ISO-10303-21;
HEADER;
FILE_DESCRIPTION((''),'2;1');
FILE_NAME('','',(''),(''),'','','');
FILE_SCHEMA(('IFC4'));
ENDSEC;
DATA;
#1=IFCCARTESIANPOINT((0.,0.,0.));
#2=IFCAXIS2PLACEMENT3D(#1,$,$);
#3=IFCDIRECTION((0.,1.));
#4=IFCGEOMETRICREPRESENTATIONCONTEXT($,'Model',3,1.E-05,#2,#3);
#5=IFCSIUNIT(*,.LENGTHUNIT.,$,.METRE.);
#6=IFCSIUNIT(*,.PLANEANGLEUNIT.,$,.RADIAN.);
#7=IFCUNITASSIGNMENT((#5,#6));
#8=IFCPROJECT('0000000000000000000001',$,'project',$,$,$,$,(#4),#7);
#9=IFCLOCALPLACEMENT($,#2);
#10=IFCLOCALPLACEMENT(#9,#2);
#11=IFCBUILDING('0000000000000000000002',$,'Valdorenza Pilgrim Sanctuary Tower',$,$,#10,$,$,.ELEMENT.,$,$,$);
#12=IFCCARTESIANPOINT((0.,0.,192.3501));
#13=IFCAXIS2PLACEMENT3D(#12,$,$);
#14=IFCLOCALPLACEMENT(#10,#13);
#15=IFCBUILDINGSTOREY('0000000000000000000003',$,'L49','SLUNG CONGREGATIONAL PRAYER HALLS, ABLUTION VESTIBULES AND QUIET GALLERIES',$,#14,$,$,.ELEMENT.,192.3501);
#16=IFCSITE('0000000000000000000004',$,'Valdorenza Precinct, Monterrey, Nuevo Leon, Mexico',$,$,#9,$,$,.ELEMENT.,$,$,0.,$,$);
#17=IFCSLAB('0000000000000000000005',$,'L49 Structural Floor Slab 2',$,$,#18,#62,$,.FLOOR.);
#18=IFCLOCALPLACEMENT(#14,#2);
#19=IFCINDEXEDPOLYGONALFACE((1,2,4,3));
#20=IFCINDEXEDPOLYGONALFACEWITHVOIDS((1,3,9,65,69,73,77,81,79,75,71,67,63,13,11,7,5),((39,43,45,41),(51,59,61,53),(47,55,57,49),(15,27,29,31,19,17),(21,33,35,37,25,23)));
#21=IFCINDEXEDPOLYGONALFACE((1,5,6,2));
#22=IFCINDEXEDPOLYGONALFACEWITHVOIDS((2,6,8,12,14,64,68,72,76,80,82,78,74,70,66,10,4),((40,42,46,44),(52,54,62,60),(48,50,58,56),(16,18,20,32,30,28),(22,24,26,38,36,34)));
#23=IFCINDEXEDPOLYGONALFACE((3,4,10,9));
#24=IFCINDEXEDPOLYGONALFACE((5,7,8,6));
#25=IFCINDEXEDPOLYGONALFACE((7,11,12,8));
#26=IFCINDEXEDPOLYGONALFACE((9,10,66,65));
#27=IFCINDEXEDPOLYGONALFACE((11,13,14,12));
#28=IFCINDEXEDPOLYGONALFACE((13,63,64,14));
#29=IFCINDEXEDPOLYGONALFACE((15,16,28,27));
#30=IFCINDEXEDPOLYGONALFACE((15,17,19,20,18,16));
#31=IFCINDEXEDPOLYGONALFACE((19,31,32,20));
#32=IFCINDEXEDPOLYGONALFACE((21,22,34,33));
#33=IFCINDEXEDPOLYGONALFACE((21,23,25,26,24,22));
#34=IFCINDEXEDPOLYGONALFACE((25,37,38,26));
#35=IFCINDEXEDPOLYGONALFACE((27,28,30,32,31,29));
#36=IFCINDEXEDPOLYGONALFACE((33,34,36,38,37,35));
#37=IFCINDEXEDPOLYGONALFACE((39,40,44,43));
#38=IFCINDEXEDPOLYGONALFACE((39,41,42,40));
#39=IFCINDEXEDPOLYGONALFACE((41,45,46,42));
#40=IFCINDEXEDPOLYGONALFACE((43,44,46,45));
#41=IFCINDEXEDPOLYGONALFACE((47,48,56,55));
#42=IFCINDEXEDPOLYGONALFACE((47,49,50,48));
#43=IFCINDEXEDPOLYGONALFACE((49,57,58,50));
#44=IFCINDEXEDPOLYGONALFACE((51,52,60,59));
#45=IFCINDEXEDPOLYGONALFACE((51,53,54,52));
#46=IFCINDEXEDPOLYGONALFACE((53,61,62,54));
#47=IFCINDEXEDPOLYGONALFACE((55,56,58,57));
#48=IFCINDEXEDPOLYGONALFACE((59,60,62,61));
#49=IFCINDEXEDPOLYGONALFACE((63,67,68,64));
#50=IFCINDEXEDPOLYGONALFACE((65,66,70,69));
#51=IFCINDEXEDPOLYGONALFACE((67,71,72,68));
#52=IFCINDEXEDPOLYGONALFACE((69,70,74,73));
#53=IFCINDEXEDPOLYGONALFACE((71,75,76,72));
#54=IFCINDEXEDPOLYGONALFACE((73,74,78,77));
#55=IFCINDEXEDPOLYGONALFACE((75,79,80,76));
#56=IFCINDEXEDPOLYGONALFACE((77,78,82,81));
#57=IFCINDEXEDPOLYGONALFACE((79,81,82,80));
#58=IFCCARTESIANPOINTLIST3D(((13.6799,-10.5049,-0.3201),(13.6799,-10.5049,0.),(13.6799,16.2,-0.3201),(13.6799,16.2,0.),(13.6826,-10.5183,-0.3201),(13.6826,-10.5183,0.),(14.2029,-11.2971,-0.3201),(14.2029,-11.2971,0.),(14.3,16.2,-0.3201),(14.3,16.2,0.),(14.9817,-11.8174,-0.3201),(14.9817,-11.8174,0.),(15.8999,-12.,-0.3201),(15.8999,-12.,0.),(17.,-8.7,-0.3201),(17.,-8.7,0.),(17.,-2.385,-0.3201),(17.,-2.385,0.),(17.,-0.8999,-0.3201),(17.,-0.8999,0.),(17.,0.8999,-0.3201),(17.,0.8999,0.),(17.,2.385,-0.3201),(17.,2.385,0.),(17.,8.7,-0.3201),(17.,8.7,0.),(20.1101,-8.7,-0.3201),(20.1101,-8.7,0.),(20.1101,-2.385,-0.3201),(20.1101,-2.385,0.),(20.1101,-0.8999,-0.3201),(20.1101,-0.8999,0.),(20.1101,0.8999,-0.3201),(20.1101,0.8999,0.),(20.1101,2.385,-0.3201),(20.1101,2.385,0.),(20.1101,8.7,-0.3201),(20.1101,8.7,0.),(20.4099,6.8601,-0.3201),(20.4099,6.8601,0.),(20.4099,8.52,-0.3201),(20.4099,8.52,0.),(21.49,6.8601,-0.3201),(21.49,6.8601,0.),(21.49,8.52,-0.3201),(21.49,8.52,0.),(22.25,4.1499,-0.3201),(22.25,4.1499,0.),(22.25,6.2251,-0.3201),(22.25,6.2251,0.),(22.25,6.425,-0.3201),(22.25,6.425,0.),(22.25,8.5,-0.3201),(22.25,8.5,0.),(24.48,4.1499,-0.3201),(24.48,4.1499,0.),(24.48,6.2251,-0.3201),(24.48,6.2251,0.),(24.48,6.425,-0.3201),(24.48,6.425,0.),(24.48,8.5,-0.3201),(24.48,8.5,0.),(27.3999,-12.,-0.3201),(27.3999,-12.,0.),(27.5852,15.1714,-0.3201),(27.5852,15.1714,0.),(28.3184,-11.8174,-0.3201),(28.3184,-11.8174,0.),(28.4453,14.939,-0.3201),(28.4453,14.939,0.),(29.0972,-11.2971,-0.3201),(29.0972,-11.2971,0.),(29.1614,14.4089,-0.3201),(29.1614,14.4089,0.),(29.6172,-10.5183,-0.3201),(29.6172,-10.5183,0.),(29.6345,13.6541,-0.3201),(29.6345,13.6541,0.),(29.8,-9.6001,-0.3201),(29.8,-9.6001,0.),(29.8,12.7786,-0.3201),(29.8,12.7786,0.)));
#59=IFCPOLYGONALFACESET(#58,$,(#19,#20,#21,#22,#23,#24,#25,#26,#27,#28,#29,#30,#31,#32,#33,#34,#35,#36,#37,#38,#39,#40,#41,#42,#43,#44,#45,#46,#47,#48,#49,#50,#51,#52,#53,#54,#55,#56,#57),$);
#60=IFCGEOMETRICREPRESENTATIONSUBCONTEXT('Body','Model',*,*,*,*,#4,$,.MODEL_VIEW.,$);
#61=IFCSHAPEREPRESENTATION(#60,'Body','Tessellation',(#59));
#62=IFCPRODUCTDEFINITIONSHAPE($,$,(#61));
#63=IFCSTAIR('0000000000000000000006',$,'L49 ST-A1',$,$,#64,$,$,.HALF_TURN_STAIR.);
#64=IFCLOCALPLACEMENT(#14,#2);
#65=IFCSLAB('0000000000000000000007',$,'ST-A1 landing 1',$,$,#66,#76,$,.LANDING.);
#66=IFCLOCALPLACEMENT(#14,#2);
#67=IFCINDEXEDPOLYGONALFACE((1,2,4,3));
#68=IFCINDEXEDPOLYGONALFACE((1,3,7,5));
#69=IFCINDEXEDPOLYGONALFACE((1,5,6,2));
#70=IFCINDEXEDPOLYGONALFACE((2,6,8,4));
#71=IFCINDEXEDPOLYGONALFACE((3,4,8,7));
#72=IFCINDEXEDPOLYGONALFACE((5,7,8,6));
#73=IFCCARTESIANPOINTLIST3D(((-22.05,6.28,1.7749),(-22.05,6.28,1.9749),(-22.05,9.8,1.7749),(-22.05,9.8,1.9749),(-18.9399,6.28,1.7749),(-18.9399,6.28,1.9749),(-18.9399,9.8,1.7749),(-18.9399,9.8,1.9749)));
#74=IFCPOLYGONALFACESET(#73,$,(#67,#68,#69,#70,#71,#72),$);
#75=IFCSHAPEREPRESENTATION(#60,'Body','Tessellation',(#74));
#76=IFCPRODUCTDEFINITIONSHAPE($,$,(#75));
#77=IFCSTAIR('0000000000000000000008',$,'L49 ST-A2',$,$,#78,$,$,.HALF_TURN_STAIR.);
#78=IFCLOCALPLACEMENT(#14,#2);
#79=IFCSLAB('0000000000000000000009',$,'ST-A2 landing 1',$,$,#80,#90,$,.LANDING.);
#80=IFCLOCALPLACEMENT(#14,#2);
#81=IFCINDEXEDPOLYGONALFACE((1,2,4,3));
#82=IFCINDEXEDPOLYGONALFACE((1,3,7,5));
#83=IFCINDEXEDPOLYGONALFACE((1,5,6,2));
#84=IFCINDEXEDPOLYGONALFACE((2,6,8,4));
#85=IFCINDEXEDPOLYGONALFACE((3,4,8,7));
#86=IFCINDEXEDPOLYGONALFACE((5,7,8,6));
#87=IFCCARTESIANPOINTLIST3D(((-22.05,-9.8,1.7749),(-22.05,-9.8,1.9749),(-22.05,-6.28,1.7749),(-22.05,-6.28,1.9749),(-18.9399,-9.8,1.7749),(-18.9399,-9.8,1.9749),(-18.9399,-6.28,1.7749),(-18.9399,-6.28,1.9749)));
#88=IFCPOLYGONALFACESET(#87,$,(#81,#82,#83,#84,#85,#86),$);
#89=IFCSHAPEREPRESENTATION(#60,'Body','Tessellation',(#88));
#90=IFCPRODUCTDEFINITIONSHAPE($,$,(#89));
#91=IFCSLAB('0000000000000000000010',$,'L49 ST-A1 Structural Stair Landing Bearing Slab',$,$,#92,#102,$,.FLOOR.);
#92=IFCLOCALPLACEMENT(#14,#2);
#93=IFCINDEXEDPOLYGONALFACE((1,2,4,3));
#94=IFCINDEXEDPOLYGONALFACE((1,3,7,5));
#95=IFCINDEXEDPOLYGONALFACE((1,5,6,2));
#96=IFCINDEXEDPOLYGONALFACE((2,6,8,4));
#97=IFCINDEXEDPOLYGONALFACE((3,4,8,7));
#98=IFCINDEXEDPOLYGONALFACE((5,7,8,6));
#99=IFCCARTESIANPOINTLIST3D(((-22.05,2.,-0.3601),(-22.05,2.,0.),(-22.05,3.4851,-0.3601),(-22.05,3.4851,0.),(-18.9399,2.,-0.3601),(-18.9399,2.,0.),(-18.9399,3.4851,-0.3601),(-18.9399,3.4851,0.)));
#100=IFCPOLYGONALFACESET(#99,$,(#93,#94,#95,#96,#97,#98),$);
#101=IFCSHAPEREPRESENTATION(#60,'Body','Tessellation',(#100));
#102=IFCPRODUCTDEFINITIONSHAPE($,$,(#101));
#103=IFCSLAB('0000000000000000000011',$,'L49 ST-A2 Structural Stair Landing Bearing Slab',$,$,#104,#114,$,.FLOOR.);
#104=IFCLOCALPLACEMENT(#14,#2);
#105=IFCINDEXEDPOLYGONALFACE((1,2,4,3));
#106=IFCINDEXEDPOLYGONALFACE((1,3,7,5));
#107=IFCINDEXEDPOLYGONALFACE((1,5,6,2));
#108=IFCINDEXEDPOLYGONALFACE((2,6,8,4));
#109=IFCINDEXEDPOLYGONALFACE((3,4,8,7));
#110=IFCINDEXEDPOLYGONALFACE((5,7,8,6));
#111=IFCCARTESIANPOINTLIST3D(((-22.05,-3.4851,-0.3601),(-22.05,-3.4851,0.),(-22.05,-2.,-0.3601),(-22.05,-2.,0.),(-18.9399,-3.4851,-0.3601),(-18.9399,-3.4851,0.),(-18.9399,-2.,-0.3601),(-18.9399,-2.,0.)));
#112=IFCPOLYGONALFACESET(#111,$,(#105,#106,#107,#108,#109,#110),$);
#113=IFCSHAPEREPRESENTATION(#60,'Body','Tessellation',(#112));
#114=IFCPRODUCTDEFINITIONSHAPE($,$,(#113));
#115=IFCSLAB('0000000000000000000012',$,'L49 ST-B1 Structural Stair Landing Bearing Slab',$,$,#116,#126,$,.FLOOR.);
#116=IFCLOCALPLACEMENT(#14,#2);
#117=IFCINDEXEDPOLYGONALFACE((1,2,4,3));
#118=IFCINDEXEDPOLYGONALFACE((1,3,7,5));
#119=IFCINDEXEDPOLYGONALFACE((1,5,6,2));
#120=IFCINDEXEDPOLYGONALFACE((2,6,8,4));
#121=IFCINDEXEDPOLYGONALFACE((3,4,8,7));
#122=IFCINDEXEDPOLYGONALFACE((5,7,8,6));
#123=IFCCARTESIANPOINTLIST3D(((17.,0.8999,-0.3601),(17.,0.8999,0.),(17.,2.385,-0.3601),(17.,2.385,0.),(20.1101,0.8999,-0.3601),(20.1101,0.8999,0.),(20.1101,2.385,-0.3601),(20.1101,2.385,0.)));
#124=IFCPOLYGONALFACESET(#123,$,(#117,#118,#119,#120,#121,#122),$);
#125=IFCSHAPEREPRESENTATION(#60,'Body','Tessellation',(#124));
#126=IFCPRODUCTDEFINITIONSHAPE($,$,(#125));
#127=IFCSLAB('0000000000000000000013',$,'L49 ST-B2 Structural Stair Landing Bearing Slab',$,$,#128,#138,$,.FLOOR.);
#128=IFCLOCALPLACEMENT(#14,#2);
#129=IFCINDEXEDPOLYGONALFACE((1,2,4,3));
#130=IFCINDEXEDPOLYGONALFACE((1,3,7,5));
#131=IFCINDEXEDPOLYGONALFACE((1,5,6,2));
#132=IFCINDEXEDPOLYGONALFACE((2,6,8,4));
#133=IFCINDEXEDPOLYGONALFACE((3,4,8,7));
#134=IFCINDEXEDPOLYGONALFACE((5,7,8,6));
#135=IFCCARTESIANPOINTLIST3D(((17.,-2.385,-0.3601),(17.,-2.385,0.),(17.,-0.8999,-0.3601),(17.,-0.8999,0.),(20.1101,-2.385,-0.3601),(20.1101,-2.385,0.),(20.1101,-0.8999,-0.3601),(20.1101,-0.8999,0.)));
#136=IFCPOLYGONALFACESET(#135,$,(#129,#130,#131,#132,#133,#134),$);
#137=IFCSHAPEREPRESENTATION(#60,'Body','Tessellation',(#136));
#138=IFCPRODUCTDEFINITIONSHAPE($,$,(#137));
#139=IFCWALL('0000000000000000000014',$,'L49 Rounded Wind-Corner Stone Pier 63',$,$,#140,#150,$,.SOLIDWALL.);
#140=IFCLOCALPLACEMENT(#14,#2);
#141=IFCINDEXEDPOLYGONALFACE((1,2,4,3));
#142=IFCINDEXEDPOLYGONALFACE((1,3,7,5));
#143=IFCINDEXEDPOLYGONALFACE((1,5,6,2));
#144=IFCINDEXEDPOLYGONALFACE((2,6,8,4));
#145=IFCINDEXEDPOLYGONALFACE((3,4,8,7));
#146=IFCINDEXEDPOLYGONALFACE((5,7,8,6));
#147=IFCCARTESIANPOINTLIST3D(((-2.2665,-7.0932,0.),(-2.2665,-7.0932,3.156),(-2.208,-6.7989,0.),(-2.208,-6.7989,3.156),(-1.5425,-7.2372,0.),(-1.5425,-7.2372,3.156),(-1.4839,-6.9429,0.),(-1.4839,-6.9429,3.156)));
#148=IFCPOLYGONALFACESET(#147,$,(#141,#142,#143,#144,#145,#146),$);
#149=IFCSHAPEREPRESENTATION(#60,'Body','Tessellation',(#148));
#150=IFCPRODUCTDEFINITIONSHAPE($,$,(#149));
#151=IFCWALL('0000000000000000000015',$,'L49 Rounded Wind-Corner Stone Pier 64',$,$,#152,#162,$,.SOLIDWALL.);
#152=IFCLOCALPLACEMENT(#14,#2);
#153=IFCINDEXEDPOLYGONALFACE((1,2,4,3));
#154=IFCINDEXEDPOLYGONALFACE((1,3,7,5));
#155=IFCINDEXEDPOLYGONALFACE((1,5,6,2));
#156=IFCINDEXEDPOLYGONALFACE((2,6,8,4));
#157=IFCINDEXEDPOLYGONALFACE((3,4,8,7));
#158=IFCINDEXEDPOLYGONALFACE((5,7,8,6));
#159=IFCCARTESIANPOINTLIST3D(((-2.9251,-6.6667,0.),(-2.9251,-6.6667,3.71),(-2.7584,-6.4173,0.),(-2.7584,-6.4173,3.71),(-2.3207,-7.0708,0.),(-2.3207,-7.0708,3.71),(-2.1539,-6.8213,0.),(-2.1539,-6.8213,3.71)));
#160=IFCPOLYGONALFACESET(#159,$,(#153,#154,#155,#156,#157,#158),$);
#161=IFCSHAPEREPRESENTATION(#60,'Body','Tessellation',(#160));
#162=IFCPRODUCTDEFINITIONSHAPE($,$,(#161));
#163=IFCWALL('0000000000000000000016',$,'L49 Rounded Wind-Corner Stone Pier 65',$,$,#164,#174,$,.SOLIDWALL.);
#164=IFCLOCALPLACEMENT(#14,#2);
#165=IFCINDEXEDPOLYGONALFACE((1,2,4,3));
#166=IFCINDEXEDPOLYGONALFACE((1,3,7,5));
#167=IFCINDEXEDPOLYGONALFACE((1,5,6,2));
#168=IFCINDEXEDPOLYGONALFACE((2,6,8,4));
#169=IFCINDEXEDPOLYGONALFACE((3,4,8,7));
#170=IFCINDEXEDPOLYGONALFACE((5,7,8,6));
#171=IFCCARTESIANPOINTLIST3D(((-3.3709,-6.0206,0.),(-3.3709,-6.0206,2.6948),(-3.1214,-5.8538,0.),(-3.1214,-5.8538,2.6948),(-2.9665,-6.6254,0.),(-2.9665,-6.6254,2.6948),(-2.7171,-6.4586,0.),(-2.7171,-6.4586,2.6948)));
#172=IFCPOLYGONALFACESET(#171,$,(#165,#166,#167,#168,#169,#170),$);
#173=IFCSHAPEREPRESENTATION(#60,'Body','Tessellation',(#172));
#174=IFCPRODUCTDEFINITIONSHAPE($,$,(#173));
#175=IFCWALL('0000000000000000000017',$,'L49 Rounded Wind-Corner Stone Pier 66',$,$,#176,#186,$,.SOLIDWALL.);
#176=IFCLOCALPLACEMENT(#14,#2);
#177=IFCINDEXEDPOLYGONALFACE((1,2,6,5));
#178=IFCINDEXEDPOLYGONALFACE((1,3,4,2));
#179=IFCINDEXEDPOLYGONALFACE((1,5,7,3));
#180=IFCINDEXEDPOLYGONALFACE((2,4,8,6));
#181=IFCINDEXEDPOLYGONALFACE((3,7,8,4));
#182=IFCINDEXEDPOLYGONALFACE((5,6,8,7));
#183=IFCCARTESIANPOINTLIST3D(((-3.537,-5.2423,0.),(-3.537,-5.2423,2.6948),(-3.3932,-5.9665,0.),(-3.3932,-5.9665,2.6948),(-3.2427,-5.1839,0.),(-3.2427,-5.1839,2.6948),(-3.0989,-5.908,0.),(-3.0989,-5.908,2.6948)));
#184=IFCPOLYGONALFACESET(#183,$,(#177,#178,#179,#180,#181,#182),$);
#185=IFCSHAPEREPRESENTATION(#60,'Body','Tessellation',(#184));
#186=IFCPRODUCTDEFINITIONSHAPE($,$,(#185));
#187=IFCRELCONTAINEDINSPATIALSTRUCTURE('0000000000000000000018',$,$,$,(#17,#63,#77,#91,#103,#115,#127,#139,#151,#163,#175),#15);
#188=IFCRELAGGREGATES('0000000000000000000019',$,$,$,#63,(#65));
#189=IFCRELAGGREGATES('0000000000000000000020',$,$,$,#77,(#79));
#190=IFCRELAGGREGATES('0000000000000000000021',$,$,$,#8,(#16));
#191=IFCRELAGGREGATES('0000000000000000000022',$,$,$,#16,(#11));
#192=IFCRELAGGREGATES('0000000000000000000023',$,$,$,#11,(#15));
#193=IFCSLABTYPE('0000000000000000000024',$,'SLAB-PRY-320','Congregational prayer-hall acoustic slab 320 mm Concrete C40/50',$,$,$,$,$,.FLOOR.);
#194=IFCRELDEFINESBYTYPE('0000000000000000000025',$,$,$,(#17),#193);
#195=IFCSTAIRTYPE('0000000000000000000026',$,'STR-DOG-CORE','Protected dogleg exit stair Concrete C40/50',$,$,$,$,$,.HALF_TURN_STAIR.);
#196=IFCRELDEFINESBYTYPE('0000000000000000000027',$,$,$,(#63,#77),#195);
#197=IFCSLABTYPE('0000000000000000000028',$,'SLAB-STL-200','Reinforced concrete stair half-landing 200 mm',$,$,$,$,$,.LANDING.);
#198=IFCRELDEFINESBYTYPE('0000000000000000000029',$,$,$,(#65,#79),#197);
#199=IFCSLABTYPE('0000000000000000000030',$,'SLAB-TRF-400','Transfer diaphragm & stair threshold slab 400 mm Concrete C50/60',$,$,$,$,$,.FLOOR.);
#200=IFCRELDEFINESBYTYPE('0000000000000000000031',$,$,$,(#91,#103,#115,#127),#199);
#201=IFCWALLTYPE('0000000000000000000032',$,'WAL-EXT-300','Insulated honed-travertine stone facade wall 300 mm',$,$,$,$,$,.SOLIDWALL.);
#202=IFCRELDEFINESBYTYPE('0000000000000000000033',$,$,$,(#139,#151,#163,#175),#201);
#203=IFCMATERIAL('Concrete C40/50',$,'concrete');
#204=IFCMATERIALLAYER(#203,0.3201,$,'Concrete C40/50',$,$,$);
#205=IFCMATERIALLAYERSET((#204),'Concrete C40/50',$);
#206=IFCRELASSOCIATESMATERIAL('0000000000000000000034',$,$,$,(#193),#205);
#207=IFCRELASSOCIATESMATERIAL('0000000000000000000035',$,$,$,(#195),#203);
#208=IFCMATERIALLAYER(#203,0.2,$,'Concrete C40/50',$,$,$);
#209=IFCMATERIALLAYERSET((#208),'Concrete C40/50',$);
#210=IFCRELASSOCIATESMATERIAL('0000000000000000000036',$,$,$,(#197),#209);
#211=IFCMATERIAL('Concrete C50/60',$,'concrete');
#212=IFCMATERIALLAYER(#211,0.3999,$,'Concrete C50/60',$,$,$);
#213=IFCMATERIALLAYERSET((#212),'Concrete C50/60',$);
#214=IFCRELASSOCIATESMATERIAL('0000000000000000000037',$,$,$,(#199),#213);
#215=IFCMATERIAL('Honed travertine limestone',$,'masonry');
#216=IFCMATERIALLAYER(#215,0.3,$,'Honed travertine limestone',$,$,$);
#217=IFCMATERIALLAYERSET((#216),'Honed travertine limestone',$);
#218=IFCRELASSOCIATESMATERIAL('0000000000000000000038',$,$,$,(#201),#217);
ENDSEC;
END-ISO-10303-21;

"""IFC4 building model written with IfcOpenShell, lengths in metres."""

from ifc_helpers import new_model, si_unit, direction, frame, frame_2d, origin, place, context, subcontext, project, spatial, polyline, rectangle, outline, extrude, material, layer, layer_set, type_object, element, aggregate, save


model = new_model("IFC4")

# Units and contexts
model_context = context("Model", 3, precision=1e-05, world=origin(), true_north=direction((0.0, 1.0)))
body_context = subcontext(model_context, "Body", "Model", "MODEL_VIEW")
ifc_project = project(units=[si_unit("LENGTHUNIT", "METRE"), si_unit("PLANEANGLEUNIT", "RADIAN")], contexts=[model_context])

# Site, building, storey
site_placement = place(None, origin())
site = spatial("IfcSite", under=ifc_project, at=site_placement, Name="Valdorenza Precinct, Monterrey, Nuevo Leon, Mexico", CompositionType="ELEMENT", RefElevation=0.0)
building_placement = place(site_placement, origin())
building = spatial("IfcBuilding", under=site, at=building_placement, Name="Valdorenza Pilgrim Sanctuary Tower", CompositionType="ELEMENT")
storey_placement = place(building_placement, frame((0.0, 0.0, 192.3501)))
storey = spatial("IfcBuildingStorey", under=building, at=storey_placement, Name="L49", Description="SLUNG CONGREGATIONAL PRAYER HALLS, ABLUTION VESTIBULES AND QUIET GALLERIES", CompositionType="ELEMENT", Elevation=192.3501)

# Slab
ifc_material_1 = material(Name="Concrete C40/50", Category="concrete")
ifc_layer_1 = layer(ifc_material_1, 0.3201, Name="Concrete C40/50")
ifc_layer_set_1 = layer_set([ifc_layer_1], Name="Concrete C40/50")
slab_type_1 = type_object("IfcSlabType", Name="SLAB-PRY-320", Description="Congregational prayer-hall acoustic slab 320 mm Concrete C40/50", PredefinedType="FLOOR", material=ifc_layer_set_1)
slab_1_placement = place(storey_placement, frame((0.0, 0.0, -0.3201)))
element("IfcSlab", 1, at=slab_1_placement, inside=storey, type_object=slab_type_1, Name="L49 Structural Floor Slab 2", PredefinedType="FLOOR", context=body_context, shape_type="SweptSolid", body=[
    extrude(outline(polyline([(27.5852, 15.1714), (28.4453, 14.939), (29.1614, 14.4089), (29.6345, 13.6541), (29.8, 12.7786), (29.8, -9.6001), (29.6172, -10.5183), (29.0972, -11.2971), (28.3184, -11.8174), (27.3999, -12.0), (15.8999, -12.0), (14.9817, -11.8174), (14.2029, -11.2971), (13.6826, -10.5183), (13.6799, -10.5049), (13.6799, 16.2), (14.3, 16.2), (27.5852, 15.1714)]), holes=[polyline([(17.0, -8.7), (20.1101, -8.7), (20.1101, -2.385), (20.1101, -0.8999), (17.0, -0.8999), (17.0, -2.385), (17.0, -8.7)]), polyline([(17.0, 0.8999), (20.1101, 0.8999), (20.1101, 2.385), (20.1101, 8.7), (17.0, 8.7), (17.0, 2.385), (17.0, 0.8999)]), polyline([(22.25, 4.1499), (24.48, 4.1499), (24.48, 6.2251), (22.25, 6.2251), (22.25, 4.1499)]), polyline([(22.25, 6.425), (24.48, 6.425), (24.48, 8.5), (22.25, 8.5), (22.25, 6.425)]), polyline([(20.4099, 6.8601), (21.49, 6.8601), (21.49, 8.52), (20.4099, 8.52), (20.4099, 6.8601)])]), origin(), (0.0, 0.0, 1.0), 0.3201),
])

# Stairs, slabs
stair_type = type_object("IfcStairType", Name="STR-DOG-CORE", Description="Protected dogleg exit stair Concrete C40/50", PredefinedType="HALF_TURN_STAIR", material=ifc_material_1)
stair_1_placement = place(storey_placement, origin())
stair_1 = element("IfcStair", 2, at=stair_1_placement, inside=storey, type_object=stair_type, Name="L49 ST-A1", PredefinedType="HALF_TURN_STAIR")
ifc_layer_2 = layer(ifc_material_1, 0.2, Name="Concrete C40/50")
ifc_layer_set_2 = layer_set([ifc_layer_2], Name="Concrete C40/50")
slab_type_2 = type_object("IfcSlabType", Name="SLAB-STL-200", Description="Reinforced concrete stair half-landing 200 mm", PredefinedType="LANDING", material=ifc_layer_set_2)
slab_2_placement = place(storey_placement, frame((0.0, 0.0, 1.7749)))
slab_2 = element("IfcSlab", 3, at=slab_2_placement, type_object=slab_type_2, Name="ST-A1 landing 1", PredefinedType="LANDING", context=body_context, shape_type="SweptSolid", body=[
    extrude(outline(polyline([(-18.9399, 6.28), (-18.9399, 9.8), (-22.05, 9.8), (-22.05, 6.28), (-18.9399, 6.28)])), origin(), (0.0, 0.0, 1.0), 0.2),
])
aggregate(stair_1, [slab_2])
stair_2_placement = place(storey_placement, origin())
stair_2 = element("IfcStair", 4, at=stair_2_placement, inside=storey, type_object=stair_type, Name="L49 ST-A2", PredefinedType="HALF_TURN_STAIR")
slab_3_placement = place(storey_placement, frame((0.0, 0.0, 1.7749)))
slab_3 = element("IfcSlab", 5, at=slab_3_placement, type_object=slab_type_2, Name="ST-A2 landing 1", PredefinedType="LANDING", context=body_context, shape_type="SweptSolid", body=[
    extrude(outline(polyline([(-22.05, -6.28), (-22.05, -9.8), (-18.9399, -9.8), (-18.9399, -6.28), (-22.05, -6.28)])), origin(), (0.0, 0.0, 1.0), 0.2),
])
aggregate(stair_2, [slab_3])

# Slabs
ifc_material_2 = material(Name="Concrete C50/60", Category="concrete")
ifc_layer_3 = layer(ifc_material_2, 0.3999, Name="Concrete C50/60")
ifc_layer_set_3 = layer_set([ifc_layer_3], Name="Concrete C50/60")
slab_type_3 = type_object("IfcSlabType", Name="SLAB-TRF-400", Description="Transfer diaphragm & stair threshold slab 400 mm Concrete C50/60", PredefinedType="FLOOR", material=ifc_layer_set_3)
slab_4_placement = place(storey_placement, frame((0.0, 0.0, -0.3601)))
element("IfcSlab", 6, at=slab_4_placement, inside=storey, type_object=slab_type_3, Name="L49 ST-A1 Structural Stair Landing Bearing Slab", PredefinedType="FLOOR", context=body_context, shape_type="SweptSolid", body=[
    extrude(outline(polyline([(-22.05, 2.0), (-18.9399, 2.0), (-18.9399, 3.4851), (-22.05, 3.4851), (-22.05, 2.0)])), origin(), (0.0, 0.0, 1.0), 0.3601),
])
slab_5_placement = place(storey_placement, frame((0.0, 0.0, -0.3601)))
element("IfcSlab", 7, at=slab_5_placement, inside=storey, type_object=slab_type_3, Name="L49 ST-A2 Structural Stair Landing Bearing Slab", PredefinedType="FLOOR", context=body_context, shape_type="SweptSolid", body=[
    extrude(outline(polyline([(-22.05, -3.4851), (-18.9399, -3.4851), (-18.9399, -2.0), (-22.05, -2.0), (-22.05, -3.4851)])), origin(), (0.0, 0.0, 1.0), 0.3601),
])
slab_6_placement = place(storey_placement, frame((0.0, 0.0, -0.3601)))
element("IfcSlab", 8, at=slab_6_placement, inside=storey, type_object=slab_type_3, Name="L49 ST-B1 Structural Stair Landing Bearing Slab", PredefinedType="FLOOR", context=body_context, shape_type="SweptSolid", body=[
    extrude(outline(polyline([(17.0, 0.8999), (20.1101, 0.8999), (20.1101, 2.385), (17.0, 2.385), (17.0, 0.8999)])), origin(), (0.0, 0.0, 1.0), 0.3601),
])
slab_7_placement = place(storey_placement, frame((0.0, 0.0, -0.3601)))
element("IfcSlab", 9, at=slab_7_placement, inside=storey, type_object=slab_type_3, Name="L49 ST-B2 Structural Stair Landing Bearing Slab", PredefinedType="FLOOR", context=body_context, shape_type="SweptSolid", body=[
    extrude(outline(polyline([(17.0, -2.385), (20.1101, -2.385), (20.1101, -0.8999), (17.0, -0.8999), (17.0, -2.385)])), origin(), (0.0, 0.0, 1.0), 0.3601),
])

# Walls
ifc_material_3 = material(Name="Honed travertine limestone", Category="masonry")
ifc_layer_4 = layer(ifc_material_3, 0.3, Name="Honed travertine limestone")
ifc_layer_set_4 = layer_set([ifc_layer_4], Name="Honed travertine limestone")
wall_type = type_object("IfcWallType", Name="WAL-EXT-300", Description="Insulated honed-travertine stone facade wall 300 mm", PredefinedType="SOLIDWALL", material=ifc_layer_set_4)
wall_1_placement = place(storey_placement, frame((-1.5132, -7.0901, 0.0), z_axis=(0.0, 0.0, 1.0), x_axis=(-0.980784, 0.195099, 0.0)))
element("IfcWall", 10, at=wall_1_placement, inside=storey, type_object=wall_type, Name="L49 Rounded Wind-Corner Stone Pier 63", PredefinedType="SOLIDWALL", context=body_context, shape_type="SweptSolid", body=[
    extrude(rectangle(XDim=0.7383, YDim=0.3, at=frame_2d((0.3691, 0.0))), origin(), (0.0, 0.0, 1.0), 3.156),
])
wall_2_placement = place(storey_placement, frame((-2.2373, -6.946, 0.0), z_axis=(0.0, 0.0, 1.0), x_axis=(-0.831378, 0.555707, 0.0)))
element("IfcWall", 11, at=wall_2_placement, inside=storey, type_object=wall_type, Name="L49 Rounded Wind-Corner Stone Pier 64", PredefinedType="SOLIDWALL", context=body_context, shape_type="SweptSolid", body=[
    extrude(rectangle(XDim=0.7271, YDim=0.3, at=frame_2d((0.3635, 0.0))), origin(), (0.0, 0.0, 1.0), 3.71),
])
wall_3_placement = place(storey_placement, frame((-2.8418, -6.542, 0.0), z_axis=(0.0, 0.0, 1.0), x_axis=(-0.555784, 0.831327, 0.0)))
element("IfcWall", 12, at=wall_3_placement, inside=storey, type_object=wall_type, Name="L49 Rounded Wind-Corner Stone Pier 65", PredefinedType="SOLIDWALL", context=body_context, shape_type="SweptSolid", body=[
    extrude(rectangle(XDim=0.7275, YDim=0.3, at=frame_2d((0.3638, 0.0))), origin(), (0.0, 0.0, 1.0), 2.6948),
])
wall_4_placement = place(storey_placement, frame((-3.2461, -5.9373, 0.0), z_axis=(0.0, 0.0, 1.0), x_axis=(-0.19478, 0.980847, 0.0)))
element("IfcWall", 13, at=wall_4_placement, inside=storey, type_object=wall_type, Name="L49 Rounded Wind-Corner Stone Pier 66", PredefinedType="SOLIDWALL", context=body_context, shape_type="SweptSolid", body=[
    extrude(rectangle(XDim=0.7383, YDim=0.3, at=frame_2d((0.3691, 0.0))), origin(), (0.0, 0.0, 1.0), 2.6948),
])

save(model, "model.ifc")
